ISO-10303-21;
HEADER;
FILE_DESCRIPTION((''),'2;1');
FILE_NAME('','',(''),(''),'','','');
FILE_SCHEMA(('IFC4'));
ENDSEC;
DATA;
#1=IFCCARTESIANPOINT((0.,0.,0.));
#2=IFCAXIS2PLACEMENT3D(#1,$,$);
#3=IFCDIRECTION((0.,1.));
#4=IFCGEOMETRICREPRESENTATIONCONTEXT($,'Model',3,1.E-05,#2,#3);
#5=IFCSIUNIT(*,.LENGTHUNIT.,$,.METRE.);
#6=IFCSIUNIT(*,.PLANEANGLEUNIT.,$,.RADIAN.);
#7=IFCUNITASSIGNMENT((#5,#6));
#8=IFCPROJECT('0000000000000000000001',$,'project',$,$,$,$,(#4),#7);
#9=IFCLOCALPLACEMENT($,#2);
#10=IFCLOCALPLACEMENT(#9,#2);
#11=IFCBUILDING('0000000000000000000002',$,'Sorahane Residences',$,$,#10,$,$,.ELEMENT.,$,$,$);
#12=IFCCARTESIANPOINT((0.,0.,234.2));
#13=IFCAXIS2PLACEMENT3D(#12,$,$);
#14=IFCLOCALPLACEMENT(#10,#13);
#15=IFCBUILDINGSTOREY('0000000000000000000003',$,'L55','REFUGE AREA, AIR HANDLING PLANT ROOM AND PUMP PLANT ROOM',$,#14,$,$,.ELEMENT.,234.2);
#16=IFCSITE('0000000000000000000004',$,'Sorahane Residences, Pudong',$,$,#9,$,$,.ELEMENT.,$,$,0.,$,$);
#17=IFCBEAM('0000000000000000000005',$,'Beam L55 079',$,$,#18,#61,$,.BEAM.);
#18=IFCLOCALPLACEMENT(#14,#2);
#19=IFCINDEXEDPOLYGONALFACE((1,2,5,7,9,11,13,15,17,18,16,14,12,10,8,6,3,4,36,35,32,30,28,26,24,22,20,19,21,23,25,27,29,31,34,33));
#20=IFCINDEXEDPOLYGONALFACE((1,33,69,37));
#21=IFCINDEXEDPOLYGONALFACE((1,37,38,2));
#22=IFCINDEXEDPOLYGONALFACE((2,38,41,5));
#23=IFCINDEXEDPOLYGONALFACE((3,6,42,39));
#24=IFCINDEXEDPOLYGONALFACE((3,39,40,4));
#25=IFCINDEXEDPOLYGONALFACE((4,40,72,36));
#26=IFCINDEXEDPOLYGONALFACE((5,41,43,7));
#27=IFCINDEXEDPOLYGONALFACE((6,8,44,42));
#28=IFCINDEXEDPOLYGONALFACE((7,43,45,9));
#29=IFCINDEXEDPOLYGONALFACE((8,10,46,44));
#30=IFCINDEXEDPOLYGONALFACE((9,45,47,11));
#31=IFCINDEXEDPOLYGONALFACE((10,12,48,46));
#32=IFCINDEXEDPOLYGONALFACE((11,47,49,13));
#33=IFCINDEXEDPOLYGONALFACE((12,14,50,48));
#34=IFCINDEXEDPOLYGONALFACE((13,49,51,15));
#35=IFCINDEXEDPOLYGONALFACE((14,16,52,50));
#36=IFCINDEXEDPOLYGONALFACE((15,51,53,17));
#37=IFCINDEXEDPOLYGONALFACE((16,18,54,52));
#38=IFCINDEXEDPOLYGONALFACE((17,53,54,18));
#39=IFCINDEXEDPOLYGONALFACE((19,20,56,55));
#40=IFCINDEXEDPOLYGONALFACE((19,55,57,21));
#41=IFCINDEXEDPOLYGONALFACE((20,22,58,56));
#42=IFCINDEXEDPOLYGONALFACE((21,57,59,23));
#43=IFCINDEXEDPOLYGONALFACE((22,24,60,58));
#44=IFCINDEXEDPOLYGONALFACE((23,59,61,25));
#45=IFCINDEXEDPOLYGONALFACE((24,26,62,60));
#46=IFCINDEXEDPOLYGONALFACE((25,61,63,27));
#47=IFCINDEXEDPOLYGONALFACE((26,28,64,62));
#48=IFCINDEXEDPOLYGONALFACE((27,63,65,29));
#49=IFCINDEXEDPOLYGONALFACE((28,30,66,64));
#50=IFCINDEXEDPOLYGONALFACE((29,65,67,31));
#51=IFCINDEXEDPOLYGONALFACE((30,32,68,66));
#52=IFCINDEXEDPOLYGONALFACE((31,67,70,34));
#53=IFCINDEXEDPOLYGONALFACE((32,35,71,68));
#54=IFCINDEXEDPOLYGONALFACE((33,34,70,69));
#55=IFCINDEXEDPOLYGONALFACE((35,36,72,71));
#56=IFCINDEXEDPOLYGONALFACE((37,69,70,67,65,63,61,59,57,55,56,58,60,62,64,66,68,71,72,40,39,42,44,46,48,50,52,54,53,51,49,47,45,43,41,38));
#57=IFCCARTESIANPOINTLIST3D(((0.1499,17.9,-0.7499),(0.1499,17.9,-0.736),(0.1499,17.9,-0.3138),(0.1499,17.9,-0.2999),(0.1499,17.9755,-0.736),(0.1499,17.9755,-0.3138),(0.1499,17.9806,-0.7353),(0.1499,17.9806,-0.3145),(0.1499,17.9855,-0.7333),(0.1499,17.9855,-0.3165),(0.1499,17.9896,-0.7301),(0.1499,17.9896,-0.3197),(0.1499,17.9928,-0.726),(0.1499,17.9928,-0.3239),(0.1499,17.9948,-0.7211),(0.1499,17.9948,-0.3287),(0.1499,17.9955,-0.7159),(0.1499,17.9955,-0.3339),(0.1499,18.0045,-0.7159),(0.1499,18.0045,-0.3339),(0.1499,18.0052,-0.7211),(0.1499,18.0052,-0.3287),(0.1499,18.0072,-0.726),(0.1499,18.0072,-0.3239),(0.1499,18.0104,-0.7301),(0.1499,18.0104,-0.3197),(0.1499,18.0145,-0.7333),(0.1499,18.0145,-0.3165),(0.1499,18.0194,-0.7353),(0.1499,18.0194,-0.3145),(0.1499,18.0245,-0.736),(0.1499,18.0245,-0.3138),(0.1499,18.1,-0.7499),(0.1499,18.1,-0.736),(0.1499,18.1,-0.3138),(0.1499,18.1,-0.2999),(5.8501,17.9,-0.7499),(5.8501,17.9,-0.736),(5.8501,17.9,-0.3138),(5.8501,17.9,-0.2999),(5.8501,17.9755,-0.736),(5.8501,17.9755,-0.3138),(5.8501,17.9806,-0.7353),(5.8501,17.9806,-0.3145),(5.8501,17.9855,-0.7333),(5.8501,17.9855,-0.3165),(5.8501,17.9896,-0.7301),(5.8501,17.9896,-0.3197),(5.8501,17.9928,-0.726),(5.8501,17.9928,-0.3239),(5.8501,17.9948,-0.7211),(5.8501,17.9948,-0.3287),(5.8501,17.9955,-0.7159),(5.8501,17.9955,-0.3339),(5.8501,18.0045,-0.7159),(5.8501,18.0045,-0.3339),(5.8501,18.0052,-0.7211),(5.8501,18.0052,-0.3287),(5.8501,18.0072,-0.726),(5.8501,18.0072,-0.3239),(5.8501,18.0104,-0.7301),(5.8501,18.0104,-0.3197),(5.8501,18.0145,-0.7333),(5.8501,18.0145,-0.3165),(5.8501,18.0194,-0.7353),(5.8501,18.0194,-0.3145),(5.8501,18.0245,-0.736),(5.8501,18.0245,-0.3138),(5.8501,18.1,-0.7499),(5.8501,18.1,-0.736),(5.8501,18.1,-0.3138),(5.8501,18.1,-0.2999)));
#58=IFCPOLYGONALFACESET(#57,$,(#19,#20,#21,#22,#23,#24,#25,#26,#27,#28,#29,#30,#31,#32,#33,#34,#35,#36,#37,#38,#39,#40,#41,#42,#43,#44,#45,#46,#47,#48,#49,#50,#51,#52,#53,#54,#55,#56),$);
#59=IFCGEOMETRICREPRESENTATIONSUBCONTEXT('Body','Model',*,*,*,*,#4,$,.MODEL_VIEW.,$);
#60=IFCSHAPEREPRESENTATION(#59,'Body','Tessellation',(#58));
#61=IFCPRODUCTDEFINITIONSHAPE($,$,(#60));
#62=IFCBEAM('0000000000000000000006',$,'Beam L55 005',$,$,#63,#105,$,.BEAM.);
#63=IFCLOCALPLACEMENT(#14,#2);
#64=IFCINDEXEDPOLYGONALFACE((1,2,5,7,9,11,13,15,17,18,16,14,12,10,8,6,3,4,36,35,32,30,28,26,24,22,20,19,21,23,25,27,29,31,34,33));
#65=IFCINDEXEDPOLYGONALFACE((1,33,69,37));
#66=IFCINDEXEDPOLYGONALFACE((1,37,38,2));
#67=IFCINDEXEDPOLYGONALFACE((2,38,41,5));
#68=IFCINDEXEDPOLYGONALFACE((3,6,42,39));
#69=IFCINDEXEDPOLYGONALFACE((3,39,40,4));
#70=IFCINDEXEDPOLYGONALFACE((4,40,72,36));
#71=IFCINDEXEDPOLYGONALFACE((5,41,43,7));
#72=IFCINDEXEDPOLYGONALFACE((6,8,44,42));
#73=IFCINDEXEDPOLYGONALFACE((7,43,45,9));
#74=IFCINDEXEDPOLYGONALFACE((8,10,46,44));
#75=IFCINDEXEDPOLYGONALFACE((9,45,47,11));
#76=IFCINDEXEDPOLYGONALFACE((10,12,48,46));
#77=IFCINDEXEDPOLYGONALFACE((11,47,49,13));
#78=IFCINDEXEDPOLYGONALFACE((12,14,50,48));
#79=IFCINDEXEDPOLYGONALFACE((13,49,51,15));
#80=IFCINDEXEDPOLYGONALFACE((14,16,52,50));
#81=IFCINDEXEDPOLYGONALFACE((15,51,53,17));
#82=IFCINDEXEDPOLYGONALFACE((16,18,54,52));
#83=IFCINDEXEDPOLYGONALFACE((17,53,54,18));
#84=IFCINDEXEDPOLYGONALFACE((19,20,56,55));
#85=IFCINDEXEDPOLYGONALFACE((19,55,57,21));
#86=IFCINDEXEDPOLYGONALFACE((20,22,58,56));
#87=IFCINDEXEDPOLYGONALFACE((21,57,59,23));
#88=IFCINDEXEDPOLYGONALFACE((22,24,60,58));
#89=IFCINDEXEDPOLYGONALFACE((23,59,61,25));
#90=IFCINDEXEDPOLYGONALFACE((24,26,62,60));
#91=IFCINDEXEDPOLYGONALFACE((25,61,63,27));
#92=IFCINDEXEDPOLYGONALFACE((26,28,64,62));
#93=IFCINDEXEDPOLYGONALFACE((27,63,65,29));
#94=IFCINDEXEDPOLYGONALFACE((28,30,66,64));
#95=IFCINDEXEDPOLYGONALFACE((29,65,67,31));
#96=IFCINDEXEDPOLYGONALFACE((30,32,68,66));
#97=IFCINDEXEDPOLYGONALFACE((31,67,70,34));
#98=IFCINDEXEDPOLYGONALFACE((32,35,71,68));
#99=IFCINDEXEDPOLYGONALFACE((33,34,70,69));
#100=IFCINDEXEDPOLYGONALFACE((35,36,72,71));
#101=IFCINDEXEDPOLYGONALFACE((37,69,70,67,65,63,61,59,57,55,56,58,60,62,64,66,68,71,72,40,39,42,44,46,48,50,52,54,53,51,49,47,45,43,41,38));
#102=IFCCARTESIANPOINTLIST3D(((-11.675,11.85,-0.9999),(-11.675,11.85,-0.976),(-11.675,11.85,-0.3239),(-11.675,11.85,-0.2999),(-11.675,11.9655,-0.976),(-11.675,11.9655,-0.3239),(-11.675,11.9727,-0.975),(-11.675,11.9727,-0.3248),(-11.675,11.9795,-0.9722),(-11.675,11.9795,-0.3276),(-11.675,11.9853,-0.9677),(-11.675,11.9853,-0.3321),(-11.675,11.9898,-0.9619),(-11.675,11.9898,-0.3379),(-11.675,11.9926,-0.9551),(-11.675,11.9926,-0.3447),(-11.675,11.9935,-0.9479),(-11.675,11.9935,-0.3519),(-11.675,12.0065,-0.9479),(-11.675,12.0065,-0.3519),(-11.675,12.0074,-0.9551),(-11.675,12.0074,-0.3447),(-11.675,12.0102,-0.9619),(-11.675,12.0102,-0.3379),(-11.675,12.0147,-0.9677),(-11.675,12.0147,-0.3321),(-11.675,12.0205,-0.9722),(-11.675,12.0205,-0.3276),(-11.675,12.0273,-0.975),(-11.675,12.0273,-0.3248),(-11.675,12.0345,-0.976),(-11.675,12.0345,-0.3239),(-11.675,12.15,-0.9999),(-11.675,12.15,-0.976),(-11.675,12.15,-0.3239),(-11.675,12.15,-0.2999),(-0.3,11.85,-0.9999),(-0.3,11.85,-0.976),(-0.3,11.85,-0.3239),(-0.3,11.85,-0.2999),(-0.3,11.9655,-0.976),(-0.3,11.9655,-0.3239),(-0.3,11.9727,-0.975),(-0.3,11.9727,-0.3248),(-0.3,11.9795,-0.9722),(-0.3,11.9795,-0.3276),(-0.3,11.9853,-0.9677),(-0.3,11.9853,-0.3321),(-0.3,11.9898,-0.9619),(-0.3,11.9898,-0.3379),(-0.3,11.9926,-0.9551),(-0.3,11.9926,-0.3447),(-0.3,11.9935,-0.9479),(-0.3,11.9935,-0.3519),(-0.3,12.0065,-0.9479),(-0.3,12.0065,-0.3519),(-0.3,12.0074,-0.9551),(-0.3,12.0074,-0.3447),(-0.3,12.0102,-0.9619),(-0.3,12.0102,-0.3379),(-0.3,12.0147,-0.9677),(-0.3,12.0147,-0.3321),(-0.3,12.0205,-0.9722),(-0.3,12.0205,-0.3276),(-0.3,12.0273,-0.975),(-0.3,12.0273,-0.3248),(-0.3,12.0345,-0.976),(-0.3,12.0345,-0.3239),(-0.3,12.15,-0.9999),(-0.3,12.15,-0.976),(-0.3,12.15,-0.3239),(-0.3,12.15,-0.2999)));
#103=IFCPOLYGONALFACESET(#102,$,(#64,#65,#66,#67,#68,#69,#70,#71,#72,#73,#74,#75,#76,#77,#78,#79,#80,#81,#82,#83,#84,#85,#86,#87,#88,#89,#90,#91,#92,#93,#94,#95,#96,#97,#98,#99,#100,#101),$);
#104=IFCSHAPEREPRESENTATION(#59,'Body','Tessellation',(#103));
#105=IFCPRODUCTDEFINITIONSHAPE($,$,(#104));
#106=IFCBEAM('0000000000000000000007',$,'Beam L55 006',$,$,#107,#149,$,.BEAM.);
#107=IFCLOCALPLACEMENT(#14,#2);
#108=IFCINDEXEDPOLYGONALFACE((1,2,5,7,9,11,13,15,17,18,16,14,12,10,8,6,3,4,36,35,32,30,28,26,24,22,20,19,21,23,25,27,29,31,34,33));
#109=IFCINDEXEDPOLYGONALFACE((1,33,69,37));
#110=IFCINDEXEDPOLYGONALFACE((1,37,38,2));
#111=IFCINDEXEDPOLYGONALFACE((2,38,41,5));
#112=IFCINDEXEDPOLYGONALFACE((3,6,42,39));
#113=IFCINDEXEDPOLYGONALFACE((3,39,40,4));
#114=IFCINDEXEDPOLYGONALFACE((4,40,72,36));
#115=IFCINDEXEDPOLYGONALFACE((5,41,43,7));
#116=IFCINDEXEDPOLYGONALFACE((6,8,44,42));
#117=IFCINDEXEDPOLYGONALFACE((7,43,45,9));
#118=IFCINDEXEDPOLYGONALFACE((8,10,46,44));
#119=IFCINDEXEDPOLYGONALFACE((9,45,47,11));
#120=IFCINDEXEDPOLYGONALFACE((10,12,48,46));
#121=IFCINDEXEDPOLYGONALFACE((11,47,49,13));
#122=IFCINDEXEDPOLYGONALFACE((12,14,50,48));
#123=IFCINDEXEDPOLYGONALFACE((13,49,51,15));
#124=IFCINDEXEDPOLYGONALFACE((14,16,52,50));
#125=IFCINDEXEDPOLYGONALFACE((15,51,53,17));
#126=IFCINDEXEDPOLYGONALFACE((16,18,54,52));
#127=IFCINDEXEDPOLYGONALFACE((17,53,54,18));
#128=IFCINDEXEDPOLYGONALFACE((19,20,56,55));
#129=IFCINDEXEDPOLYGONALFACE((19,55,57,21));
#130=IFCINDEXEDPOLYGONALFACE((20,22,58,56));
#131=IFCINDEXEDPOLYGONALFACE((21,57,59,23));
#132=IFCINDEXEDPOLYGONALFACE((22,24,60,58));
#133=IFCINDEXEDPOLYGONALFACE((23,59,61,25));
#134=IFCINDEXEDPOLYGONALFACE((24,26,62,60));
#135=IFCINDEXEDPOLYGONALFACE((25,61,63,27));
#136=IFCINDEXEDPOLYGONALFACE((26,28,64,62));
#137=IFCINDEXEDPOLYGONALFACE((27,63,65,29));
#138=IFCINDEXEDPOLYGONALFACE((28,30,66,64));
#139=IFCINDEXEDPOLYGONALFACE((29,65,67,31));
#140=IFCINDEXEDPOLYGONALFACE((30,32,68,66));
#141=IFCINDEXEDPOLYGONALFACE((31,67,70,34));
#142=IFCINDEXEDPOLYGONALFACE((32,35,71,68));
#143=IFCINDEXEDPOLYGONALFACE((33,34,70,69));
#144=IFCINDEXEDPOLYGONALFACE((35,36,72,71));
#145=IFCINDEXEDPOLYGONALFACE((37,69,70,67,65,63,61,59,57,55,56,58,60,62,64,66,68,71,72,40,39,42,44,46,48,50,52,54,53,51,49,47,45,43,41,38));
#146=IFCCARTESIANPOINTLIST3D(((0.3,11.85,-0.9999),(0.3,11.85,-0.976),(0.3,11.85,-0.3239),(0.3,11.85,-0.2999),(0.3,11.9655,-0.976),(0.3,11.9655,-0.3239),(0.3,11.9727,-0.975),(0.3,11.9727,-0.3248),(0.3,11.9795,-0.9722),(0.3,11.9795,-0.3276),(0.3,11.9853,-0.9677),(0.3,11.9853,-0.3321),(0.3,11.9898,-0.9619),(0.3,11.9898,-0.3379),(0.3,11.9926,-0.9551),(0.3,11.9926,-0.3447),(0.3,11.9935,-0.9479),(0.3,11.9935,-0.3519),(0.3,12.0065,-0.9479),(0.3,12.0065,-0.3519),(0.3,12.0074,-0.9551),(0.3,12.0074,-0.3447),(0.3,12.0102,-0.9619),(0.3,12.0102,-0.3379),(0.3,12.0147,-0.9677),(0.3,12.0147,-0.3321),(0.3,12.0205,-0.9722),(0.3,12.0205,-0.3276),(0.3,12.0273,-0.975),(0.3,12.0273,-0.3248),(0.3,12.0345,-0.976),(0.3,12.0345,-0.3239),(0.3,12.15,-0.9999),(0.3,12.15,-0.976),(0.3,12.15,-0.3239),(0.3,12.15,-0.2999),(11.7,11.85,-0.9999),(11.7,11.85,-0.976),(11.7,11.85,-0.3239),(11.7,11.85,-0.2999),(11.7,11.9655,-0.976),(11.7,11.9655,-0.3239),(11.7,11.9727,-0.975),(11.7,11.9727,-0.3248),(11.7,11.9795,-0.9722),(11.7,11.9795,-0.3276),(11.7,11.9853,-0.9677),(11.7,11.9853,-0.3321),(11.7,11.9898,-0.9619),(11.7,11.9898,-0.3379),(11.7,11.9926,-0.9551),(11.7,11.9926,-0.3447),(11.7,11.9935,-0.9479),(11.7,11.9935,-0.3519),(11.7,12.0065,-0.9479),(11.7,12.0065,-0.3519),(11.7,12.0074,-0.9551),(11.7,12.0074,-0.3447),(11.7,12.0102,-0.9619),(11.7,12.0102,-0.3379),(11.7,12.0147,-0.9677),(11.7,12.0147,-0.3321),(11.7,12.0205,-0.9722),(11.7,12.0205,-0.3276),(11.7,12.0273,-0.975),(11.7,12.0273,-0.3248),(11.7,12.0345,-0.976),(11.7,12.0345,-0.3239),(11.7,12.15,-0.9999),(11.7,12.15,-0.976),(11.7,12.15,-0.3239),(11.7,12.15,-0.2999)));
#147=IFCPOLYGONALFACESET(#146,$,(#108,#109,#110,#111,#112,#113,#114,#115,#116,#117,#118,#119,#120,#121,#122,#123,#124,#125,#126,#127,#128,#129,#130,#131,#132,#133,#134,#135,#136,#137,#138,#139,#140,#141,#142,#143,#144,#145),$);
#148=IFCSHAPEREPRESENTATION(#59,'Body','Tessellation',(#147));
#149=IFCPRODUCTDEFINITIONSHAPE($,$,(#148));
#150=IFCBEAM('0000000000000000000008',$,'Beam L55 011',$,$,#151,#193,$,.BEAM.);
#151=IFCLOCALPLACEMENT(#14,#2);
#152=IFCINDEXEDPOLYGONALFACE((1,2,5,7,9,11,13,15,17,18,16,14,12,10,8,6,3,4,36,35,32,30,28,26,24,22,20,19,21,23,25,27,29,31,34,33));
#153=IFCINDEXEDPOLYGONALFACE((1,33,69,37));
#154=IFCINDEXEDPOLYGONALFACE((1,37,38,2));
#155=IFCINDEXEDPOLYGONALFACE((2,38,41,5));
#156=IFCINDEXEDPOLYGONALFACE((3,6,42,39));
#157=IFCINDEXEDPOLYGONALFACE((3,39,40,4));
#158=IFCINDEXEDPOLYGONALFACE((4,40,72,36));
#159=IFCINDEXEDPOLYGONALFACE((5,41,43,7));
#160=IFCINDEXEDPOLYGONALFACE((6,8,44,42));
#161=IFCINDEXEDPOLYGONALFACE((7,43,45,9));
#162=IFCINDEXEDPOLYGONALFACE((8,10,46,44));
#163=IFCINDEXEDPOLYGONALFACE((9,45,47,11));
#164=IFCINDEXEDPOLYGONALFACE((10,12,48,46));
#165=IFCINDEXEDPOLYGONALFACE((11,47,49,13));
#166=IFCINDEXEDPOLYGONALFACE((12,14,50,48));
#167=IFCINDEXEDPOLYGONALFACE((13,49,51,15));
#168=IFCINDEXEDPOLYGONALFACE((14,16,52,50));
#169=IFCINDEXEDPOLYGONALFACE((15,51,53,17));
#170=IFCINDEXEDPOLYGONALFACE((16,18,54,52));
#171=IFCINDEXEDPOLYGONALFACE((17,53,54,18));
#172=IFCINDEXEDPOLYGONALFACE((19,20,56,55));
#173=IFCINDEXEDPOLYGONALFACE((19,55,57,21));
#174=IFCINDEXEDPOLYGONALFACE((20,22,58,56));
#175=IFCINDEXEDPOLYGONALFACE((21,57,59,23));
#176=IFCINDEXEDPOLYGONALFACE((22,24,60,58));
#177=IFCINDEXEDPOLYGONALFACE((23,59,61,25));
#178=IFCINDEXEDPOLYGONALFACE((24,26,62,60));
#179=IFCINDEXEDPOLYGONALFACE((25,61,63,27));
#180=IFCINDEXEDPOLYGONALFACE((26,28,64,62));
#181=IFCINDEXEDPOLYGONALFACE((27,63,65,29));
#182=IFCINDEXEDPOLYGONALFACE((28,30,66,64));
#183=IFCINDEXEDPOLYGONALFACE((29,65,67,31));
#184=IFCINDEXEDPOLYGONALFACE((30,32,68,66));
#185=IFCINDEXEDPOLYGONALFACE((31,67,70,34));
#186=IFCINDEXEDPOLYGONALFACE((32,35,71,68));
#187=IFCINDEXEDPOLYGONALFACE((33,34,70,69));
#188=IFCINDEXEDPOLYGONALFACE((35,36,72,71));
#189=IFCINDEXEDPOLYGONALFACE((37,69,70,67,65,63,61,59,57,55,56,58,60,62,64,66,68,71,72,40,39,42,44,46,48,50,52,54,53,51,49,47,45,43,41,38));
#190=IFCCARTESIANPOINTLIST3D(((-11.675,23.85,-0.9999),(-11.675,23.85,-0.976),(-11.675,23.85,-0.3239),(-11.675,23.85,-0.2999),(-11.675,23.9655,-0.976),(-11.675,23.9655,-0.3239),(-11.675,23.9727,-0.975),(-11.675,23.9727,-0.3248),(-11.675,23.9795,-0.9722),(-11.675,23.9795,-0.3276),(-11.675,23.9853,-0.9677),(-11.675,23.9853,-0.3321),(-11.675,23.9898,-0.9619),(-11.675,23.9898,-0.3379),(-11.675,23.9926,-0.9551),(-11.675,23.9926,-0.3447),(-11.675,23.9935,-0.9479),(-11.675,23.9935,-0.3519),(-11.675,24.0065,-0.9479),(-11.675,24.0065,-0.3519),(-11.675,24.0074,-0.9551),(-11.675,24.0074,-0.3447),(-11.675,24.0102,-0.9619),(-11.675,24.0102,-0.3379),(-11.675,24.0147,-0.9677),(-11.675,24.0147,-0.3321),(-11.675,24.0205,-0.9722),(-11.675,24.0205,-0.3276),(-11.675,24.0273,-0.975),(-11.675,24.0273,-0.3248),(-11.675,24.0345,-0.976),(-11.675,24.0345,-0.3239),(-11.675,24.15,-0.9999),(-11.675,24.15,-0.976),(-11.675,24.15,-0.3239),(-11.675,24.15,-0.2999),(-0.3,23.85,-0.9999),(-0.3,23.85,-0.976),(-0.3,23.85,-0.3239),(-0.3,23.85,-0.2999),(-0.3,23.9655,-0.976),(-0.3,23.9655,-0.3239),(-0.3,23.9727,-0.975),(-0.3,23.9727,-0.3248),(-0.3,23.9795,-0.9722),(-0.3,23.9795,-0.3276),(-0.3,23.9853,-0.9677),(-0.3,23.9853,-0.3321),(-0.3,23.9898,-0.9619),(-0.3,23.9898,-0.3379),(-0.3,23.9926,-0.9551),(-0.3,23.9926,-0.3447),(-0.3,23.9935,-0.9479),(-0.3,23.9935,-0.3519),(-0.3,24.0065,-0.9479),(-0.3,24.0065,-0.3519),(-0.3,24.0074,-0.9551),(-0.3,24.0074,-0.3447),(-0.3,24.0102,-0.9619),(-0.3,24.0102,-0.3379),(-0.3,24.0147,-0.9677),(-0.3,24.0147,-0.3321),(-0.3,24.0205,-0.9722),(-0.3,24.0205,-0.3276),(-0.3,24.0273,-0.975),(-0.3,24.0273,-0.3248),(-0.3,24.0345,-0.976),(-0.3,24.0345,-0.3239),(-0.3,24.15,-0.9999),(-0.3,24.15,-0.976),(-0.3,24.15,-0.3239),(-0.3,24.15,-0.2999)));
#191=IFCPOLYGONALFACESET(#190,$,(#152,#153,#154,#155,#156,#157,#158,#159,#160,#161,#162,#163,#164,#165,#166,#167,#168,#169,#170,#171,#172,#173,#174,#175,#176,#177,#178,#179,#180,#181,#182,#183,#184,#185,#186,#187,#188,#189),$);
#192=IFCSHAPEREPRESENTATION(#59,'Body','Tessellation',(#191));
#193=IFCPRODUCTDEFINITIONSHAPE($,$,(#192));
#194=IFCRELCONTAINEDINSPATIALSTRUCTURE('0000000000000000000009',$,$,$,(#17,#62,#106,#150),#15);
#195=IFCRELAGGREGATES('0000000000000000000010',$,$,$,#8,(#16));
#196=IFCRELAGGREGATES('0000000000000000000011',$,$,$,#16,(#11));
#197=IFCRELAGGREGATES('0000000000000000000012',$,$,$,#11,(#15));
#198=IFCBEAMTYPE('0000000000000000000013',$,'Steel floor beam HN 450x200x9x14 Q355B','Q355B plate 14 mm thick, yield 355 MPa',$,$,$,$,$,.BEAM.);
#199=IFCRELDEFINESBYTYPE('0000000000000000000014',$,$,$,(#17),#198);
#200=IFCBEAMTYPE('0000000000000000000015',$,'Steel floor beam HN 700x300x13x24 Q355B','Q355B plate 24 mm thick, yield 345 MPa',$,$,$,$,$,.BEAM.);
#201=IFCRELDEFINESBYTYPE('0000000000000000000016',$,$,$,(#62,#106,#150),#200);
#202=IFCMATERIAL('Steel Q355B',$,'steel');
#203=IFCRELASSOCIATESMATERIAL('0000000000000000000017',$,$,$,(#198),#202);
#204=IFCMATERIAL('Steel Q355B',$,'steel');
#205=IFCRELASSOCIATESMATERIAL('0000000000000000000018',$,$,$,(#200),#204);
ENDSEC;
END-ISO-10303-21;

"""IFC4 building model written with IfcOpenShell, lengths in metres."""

from ifc_helpers import new_model, si_unit, direction, frame, origin, origin_2d, place, context, subcontext, project, spatial, i_section, extrude, material, material_profile, profile_set, type_object, element, save


model = new_model("IFC4")

# Units and contexts
model_context = context("Model", 3, precision=1e-05, world=origin(), true_north=direction((0.0, 1.0)))
body_context = subcontext(model_context, "Body", "Model", "MODEL_VIEW")
ifc_project = project(units=[si_unit("LENGTHUNIT", "METRE"), si_unit("PLANEANGLEUNIT", "RADIAN")], contexts=[model_context])

# Site, building, storey
site_placement = place(None, origin())
site = spatial("IfcSite", under=ifc_project, at=site_placement, Name="Sorahane Residences, Pudong", CompositionType="ELEMENT", RefElevation=0.0)
building_placement = place(site_placement, origin())
building = spatial("IfcBuilding", under=site, at=building_placement, Name="Sorahane Residences", CompositionType="ELEMENT")
storey_placement = place(building_placement, frame((0.0, 0.0, 234.2)))
storey = spatial("IfcBuildingStorey", under=building, at=storey_placement, Name="L55", Description="REFUGE AREA, AIR HANDLING PLANT ROOM AND PUMP PLANT ROOM", CompositionType="ELEMENT", Elevation=234.2)

# Beams
ifc_material_1 = material(Name="Steel Q355B", Category="steel")
ifc_material_profile_1 = material_profile(ifc_material_1, i_section(OverallWidth=0.2, OverallDepth=0.45, WebThickness=0.009, FlangeThickness=0.0139, FilletRadius=0.02, at=origin_2d()), Name="HN 450x200x9x14")
ifc_profile_set_1 = profile_set([ifc_material_profile_1], Name="Steel Q355B")
beam_type_1 = type_object("IfcBeamType", Name="Steel floor beam HN 450x200x9x14 Q355B", Description="Q355B plate 14 mm thick, yield 355 MPa", PredefinedType="BEAM", material=ifc_profile_set_1)
for number, where, z_axis, x_axis, name in (
    (1, (0.1499, 18.0, -0.5249), (1.0, 0.0, 0.0), (0.0, 1.0, 0.0), "Beam L55 079"),
):
    element("IfcBeam", number, at=place(storey_placement, frame(where, z_axis=z_axis, x_axis=x_axis)), inside=storey, type_object=beam_type_1, Name=name, PredefinedType="BEAM", context=body_context, shape_type="SweptSolid", body=[
        extrude(i_section(OverallWidth=0.2, OverallDepth=0.45, WebThickness=0.009, FlangeThickness=0.0139, FilletRadius=0.02, at=origin_2d()), origin(), (0.0, 0.0, 1.0), 5.7002),
    ])
ifc_material_2 = material(Name="Steel Q355B", Category="steel")
ifc_material_profile_2 = material_profile(ifc_material_2, i_section(OverallWidth=0.3, OverallDepth=0.7, WebThickness=0.0129, FlangeThickness=0.0239, FilletRadius=0.0281, at=origin_2d()), Name="HN 700x300x13x24")
ifc_profile_set_2 = profile_set([ifc_material_profile_2], Name="Steel Q355B")
beam_type_2 = type_object("IfcBeamType", Name="Steel floor beam HN 700x300x13x24 Q355B", Description="Q355B plate 24 mm thick, yield 345 MPa", PredefinedType="BEAM", material=ifc_profile_set_2)
beam_1_placement = place(storey_placement, frame((-11.675, 12.0, -0.6499), z_axis=(1.0, 0.0, 0.0), x_axis=(0.0, 1.0, 0.0)))
element("IfcBeam", 2, at=beam_1_placement, inside=storey, type_object=beam_type_2, Name="Beam L55 005", PredefinedType="BEAM", context=body_context, shape_type="SweptSolid", body=[
    extrude(i_section(OverallWidth=0.3, OverallDepth=0.7, WebThickness=0.0129, FlangeThickness=0.0239, FilletRadius=0.0281, at=origin_2d()), origin(), (0.0, 0.0, 1.0), 11.375),
])
beam_2_placement = place(storey_placement, frame((0.3, 12.0, -0.6499), z_axis=(1.0, 0.0, 0.0), x_axis=(0.0, 1.0, 0.0)))
element("IfcBeam", 3, at=beam_2_placement, inside=storey, type_object=beam_type_2, Name="Beam L55 006", PredefinedType="BEAM", context=body_context, shape_type="SweptSolid", body=[
    extrude(i_section(OverallWidth=0.3, OverallDepth=0.7, WebThickness=0.0129, FlangeThickness=0.0239, FilletRadius=0.0281, at=origin_2d()), origin(), (0.0, 0.0, 1.0), 11.3999),
])
beam_3_placement = place(storey_placement, frame((-11.675, 24.0, -0.6499), z_axis=(1.0, 0.0, 0.0), x_axis=(0.0, 1.0, 0.0)))
element("IfcBeam", 4, at=beam_3_placement, inside=storey, type_object=beam_type_2, Name="Beam L55 011", PredefinedType="BEAM", context=body_context, shape_type="SweptSolid", body=[
    extrude(i_section(OverallWidth=0.3, OverallDepth=0.7, WebThickness=0.0129, FlangeThickness=0.0239, FilletRadius=0.0281, at=origin_2d()), origin(), (0.0, 0.0, 1.0), 11.375),
])

save(model, "model.ifc")
